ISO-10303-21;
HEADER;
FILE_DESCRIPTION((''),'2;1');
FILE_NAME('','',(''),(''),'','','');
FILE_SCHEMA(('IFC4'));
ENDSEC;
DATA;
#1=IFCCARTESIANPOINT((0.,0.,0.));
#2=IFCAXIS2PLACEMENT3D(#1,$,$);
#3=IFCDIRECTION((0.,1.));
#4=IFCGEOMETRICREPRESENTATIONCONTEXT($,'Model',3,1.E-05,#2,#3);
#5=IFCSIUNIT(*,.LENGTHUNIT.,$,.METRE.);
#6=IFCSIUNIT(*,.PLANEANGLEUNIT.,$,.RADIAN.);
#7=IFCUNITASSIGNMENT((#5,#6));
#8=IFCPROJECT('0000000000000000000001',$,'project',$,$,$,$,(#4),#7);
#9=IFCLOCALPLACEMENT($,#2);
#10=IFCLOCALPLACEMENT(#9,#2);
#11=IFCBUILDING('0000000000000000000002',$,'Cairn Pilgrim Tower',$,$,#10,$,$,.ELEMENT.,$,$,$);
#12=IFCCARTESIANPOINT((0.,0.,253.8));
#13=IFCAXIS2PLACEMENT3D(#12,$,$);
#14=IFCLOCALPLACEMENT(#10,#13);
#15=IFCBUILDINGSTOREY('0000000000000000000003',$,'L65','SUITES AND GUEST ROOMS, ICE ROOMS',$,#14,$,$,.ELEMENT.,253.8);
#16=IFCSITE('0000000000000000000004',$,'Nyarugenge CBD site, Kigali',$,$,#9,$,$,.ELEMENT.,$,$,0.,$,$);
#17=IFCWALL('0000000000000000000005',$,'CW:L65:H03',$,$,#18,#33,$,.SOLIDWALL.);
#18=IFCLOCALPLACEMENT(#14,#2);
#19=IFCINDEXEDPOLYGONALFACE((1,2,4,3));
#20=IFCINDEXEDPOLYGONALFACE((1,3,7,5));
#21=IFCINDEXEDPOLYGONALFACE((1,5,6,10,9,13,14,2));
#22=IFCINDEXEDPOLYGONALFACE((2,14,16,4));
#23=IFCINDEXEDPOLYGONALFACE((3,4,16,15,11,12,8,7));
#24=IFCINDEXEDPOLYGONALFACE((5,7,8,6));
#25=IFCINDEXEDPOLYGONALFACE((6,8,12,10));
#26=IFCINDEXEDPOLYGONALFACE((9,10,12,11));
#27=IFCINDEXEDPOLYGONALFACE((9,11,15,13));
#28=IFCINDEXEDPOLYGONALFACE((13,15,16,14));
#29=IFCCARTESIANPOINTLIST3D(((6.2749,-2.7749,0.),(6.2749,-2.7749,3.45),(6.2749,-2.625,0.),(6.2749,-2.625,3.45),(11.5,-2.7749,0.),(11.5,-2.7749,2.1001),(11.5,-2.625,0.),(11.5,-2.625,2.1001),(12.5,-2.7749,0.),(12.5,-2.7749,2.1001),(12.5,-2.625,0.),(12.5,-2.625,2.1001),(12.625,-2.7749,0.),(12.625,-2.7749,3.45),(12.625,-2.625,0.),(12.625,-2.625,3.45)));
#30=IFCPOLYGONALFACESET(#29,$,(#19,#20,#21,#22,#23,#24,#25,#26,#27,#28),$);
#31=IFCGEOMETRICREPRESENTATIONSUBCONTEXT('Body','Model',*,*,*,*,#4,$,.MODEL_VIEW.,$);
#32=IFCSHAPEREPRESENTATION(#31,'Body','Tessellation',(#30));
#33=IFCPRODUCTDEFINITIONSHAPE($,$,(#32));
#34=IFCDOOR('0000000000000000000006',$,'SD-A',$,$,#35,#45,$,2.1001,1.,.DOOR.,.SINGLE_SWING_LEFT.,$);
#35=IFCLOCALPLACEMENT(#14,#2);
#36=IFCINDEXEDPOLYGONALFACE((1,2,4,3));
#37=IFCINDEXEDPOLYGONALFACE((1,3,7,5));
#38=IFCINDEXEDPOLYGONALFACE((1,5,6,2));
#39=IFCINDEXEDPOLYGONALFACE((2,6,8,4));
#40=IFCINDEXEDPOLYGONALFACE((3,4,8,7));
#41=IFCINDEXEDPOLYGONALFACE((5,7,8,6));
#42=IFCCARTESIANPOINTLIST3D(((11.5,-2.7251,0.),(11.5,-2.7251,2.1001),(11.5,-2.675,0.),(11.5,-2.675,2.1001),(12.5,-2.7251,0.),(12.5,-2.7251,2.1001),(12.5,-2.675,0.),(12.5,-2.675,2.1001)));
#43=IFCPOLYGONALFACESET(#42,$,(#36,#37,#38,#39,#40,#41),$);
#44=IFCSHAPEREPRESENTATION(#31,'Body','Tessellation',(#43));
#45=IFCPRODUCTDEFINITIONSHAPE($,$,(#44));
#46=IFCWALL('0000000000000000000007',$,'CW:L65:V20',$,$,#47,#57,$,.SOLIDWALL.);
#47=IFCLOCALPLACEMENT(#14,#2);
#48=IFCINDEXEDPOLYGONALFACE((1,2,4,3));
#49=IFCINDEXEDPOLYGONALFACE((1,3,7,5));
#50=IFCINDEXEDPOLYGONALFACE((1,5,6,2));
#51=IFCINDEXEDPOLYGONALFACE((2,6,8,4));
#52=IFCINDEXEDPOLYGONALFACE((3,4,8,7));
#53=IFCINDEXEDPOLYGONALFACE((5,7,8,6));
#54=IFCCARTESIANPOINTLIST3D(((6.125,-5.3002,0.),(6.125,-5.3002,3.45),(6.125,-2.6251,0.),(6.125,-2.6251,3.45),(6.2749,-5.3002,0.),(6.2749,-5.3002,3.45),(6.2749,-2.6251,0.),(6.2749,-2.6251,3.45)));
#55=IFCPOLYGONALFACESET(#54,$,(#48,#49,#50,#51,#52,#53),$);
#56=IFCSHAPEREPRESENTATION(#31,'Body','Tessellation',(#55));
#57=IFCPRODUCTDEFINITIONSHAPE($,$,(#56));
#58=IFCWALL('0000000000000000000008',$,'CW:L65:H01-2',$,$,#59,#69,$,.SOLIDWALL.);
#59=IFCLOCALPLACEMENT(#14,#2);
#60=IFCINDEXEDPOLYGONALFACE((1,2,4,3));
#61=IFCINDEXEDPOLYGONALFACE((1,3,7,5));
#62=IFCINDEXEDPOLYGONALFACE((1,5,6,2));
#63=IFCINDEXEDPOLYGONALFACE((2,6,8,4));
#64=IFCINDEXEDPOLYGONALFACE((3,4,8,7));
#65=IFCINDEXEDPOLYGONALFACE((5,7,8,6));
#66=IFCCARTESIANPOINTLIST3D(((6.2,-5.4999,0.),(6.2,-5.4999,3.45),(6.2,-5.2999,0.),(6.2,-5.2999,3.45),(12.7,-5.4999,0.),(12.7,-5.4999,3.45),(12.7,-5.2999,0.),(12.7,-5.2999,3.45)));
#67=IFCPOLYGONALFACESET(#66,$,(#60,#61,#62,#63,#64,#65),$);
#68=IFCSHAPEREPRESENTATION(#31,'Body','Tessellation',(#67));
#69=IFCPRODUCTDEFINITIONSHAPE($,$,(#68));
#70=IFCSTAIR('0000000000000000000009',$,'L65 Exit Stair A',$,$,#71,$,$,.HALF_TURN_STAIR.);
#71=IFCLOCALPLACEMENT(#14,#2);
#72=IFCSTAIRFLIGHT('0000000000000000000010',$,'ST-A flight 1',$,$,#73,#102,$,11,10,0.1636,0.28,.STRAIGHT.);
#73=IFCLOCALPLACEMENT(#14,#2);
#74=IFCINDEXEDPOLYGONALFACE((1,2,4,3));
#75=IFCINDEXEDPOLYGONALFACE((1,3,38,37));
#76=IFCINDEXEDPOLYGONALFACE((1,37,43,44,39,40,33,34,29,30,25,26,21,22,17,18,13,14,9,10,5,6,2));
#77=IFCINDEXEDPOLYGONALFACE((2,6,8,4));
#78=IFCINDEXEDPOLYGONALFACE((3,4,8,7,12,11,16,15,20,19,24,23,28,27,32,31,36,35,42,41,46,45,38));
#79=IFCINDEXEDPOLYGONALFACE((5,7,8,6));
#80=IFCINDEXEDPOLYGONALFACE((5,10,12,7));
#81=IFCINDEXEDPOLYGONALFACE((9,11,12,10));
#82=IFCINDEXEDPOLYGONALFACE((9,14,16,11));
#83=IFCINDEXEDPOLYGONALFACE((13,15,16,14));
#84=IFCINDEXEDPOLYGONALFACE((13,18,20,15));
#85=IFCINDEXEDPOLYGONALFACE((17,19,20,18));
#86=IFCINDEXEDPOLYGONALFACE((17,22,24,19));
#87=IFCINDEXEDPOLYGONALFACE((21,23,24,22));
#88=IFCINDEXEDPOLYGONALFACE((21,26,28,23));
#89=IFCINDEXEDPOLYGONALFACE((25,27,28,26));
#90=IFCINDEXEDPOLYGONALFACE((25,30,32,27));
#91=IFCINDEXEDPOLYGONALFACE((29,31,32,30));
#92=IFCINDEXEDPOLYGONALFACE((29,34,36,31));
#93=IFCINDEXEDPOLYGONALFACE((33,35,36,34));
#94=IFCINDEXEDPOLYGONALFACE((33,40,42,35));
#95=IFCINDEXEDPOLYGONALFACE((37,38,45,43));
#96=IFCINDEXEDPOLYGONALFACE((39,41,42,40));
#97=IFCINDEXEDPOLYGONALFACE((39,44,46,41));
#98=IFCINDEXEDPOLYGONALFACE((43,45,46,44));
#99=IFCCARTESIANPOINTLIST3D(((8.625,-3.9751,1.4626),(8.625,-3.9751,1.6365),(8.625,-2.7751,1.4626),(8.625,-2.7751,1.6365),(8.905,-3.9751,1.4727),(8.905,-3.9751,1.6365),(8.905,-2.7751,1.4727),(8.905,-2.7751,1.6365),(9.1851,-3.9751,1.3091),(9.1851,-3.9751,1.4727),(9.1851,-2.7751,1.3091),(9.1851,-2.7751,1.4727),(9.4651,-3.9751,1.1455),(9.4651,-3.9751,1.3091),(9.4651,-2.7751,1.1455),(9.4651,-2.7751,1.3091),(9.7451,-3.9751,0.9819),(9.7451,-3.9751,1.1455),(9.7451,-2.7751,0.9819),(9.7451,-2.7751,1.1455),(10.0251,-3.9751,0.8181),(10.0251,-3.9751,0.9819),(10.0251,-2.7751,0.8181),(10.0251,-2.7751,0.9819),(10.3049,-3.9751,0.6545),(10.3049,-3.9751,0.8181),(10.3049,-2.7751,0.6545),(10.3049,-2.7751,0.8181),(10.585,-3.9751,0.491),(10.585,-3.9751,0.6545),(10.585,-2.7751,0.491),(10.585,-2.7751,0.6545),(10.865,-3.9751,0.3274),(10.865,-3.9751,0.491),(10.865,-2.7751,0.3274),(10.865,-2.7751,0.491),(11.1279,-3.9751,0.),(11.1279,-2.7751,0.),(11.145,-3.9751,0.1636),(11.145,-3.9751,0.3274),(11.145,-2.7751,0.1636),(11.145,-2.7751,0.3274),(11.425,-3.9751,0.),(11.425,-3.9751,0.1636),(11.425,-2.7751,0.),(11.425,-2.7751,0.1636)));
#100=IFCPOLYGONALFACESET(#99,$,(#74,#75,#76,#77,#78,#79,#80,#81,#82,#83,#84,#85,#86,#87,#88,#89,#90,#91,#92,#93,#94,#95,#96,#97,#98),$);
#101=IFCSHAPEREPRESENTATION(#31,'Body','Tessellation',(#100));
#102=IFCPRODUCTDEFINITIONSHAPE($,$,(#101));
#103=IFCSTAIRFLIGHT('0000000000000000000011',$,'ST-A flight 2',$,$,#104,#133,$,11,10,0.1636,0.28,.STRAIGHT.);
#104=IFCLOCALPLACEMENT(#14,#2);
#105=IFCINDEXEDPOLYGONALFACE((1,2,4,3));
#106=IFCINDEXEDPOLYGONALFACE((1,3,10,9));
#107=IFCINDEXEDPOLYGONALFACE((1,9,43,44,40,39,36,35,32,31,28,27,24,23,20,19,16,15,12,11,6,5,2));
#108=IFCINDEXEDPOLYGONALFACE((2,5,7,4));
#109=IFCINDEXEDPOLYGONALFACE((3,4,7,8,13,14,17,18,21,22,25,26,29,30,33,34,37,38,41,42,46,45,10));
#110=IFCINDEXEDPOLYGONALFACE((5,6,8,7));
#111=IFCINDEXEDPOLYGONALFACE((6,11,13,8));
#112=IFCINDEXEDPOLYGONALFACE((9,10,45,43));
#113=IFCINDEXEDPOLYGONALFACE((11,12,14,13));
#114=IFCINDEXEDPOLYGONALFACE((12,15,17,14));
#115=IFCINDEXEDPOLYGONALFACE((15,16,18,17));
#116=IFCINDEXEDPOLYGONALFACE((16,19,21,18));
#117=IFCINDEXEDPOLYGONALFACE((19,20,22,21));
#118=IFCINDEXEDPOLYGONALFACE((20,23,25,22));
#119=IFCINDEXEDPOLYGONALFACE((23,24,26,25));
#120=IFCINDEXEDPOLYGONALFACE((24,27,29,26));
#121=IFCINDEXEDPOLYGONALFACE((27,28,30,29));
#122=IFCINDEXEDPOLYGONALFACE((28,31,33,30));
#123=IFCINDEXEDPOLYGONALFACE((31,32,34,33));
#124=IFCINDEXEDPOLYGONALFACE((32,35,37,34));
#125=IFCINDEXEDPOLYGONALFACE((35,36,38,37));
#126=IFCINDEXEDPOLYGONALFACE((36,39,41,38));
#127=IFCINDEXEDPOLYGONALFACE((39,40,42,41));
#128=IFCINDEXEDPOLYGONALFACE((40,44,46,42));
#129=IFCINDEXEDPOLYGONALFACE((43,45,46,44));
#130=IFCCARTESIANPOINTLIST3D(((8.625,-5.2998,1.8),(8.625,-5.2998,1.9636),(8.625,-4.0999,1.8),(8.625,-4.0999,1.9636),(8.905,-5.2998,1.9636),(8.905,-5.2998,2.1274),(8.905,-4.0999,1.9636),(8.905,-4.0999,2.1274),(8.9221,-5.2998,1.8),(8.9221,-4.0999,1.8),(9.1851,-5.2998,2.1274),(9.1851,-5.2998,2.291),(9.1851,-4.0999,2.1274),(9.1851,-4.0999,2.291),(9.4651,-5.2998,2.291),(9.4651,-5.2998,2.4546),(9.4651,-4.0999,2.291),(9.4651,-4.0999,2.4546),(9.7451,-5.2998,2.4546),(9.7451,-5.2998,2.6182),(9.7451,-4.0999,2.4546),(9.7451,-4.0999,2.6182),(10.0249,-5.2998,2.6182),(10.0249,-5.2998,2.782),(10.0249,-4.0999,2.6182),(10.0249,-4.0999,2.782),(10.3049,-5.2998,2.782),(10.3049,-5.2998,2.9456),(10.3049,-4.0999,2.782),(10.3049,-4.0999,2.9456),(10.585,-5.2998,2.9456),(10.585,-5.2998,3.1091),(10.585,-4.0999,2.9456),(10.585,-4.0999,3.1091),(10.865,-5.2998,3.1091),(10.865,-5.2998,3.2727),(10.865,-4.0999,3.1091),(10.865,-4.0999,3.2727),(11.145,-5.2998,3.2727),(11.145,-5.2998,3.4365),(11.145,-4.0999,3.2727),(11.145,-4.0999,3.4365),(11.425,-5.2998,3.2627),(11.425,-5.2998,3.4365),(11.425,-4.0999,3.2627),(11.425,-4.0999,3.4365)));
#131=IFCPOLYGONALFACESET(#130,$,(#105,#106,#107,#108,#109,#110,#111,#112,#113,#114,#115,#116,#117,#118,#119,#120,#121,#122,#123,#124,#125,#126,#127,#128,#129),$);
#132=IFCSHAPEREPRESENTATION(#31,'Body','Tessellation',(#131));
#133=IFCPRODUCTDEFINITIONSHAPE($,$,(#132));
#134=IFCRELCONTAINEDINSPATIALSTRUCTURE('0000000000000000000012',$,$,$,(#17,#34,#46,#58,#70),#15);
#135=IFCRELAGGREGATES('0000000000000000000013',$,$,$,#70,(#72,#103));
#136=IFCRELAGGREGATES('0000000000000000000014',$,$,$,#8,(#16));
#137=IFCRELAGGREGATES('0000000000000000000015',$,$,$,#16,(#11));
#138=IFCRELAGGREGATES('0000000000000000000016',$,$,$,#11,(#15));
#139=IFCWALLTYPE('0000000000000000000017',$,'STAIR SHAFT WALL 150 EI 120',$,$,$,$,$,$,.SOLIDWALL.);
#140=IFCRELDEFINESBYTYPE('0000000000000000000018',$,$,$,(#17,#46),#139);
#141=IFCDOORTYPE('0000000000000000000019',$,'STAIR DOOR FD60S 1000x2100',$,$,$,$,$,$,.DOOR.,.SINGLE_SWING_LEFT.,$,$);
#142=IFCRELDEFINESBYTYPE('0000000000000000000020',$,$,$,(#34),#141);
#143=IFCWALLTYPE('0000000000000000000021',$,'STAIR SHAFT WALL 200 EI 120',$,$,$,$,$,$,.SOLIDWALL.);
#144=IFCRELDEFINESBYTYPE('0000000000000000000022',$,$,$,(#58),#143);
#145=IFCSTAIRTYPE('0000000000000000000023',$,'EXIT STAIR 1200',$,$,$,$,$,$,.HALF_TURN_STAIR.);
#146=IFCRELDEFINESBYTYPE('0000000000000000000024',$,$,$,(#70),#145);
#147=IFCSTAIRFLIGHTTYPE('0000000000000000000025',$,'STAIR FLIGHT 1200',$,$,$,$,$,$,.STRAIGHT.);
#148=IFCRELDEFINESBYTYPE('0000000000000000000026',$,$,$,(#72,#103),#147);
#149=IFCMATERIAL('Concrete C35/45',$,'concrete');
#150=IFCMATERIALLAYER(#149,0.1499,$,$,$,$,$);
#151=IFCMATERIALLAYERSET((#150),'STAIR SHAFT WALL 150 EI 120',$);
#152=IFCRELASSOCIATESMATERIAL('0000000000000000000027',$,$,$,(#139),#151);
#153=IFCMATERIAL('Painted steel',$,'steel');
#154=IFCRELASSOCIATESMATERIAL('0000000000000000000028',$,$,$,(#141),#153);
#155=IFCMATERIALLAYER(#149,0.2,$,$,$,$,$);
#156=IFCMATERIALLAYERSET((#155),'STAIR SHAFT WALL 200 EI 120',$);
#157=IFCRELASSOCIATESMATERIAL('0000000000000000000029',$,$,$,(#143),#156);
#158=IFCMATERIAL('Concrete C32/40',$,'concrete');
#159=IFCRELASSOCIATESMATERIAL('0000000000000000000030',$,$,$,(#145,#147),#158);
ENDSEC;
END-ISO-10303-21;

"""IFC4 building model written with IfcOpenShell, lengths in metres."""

from ifc_helpers import new_model, si_unit, direction, frame, frame_2d, origin, place, context, subcontext, project, spatial, polyline, rectangle, outline, extrude, material, layer, layer_set, type_object, element, fill, aggregate, save


model = new_model("IFC4")

# Units and contexts
model_context = context("Model", 3, precision=1e-05, world=origin(), true_north=direction((0.0, 1.0)))
body_context = subcontext(model_context, "Body", "Model", "MODEL_VIEW")
ifc_project = project(units=[si_unit("LENGTHUNIT", "METRE"), si_unit("PLANEANGLEUNIT", "RADIAN")], contexts=[model_context])

# Site, building, storey
site_placement = place(None, origin())
site = spatial("IfcSite", under=ifc_project, at=site_placement, Name="Nyarugenge CBD site, Kigali", CompositionType="ELEMENT", RefElevation=0.0)
building_placement = place(site_placement, origin())
building = spatial("IfcBuilding", under=site, at=building_placement, Name="Cairn Pilgrim Tower", CompositionType="ELEMENT")
storey_placement = place(building_placement, frame((0.0, 0.0, 253.8)))
storey = spatial("IfcBuildingStorey", under=building, at=storey_placement, Name="L65", Description="SUITES AND GUEST ROOMS, ICE ROOMS", CompositionType="ELEMENT", Elevation=253.8)

# Shared definitions
ifc_material_1 = material(Name="Concrete C35/45", Category="concrete")

# Shared definitions
ifc_material_2 = material(Name="Concrete C32/40", Category="concrete")

# Wall, opening, door
ifc_layer_1 = layer(ifc_material_1, 0.1499)
ifc_layer_set_1 = layer_set([ifc_layer_1], Name="STAIR SHAFT WALL 150 EI 120")
wall_type_1 = type_object("IfcWallType", Name="STAIR SHAFT WALL 150 EI 120", PredefinedType="SOLIDWALL", material=ifc_layer_set_1)
wall_1_placement = place(storey_placement, frame((6.2749, -2.7, 0.0), z_axis=(0.0, 0.0, 1.0), x_axis=(1.0, 0.0, 0.0)))
wall_1 = element("IfcWall", 1, at=wall_1_placement, inside=storey, type_object=wall_type_1, Name="CW:L65:H03", PredefinedType="SOLIDWALL", context=body_context, shape_type="SweptSolid", body=[
    extrude(rectangle(XDim=6.3501, YDim=0.1499, at=frame_2d((3.175, 0.0))), origin(), (0.0, 0.0, 1.0), 3.45),
])
opening_1_placement = place(wall_1_placement, frame((5.2251, 0.0, 0.0)))
opening_1 = element("IfcOpeningElement", 2, at=opening_1_placement, cuts=wall_1, PredefinedType="OPENING", context=body_context, shape_type="SweptSolid", body=[
    extrude(rectangle(XDim=1.0, YDim=2.1001, at=frame_2d((0.5, 1.05))), frame((0.0, 0.085, 0.0), z_axis=(0.0, -1.0, 0.0), x_axis=(1.0, 0.0, 0.0)), (0.0, 0.0, 1.0), 0.1699),
])
ifc_material_3 = material(Name="Painted steel", Category="steel")
door_type_1 = type_object("IfcDoorType", Name="STAIR DOOR FD60S 1000x2100", OperationType="SINGLE_SWING_LEFT", PredefinedType="DOOR", material=ifc_material_3)
door_1_placement = place(opening_1_placement, origin())
door_1 = element("IfcDoor", 3, at=door_1_placement, inside=storey, type_object=door_type_1, Name="SD-A", OperationType="SINGLE_SWING_LEFT", OverallHeight=2.1001, OverallWidth=1.0, PredefinedType="DOOR", context=body_context, shape_type="SweptSolid", body=[
    extrude(rectangle(XDim=1.0, YDim=2.1001, at=frame_2d((0.5, 1.05))), frame((0.0, 0.0249, 0.0), z_axis=(0.0, -1.0, 0.0), x_axis=(1.0, 0.0, 0.0)), (0.0, 0.0, 1.0), 0.05),
])
fill(opening_1, door_1)

# Walls
wall_2_placement = place(storey_placement, frame((6.2, -5.3, 0.0), z_axis=(0.0, 0.0, 1.0), x_axis=(0.0, 1.0, 0.0)))
element("IfcWall", 4, at=wall_2_placement, inside=storey, type_object=wall_type_1, Name="CW:L65:V20", PredefinedType="SOLIDWALL", context=body_context, shape_type="SweptSolid", body=[
    extrude(rectangle(XDim=2.675, YDim=0.1499, at=frame_2d((1.3374, 0.0))), origin(), (0.0, 0.0, 1.0), 3.45),
])
ifc_layer_2 = layer(ifc_material_1, 0.2)
ifc_layer_set_2 = layer_set([ifc_layer_2], Name="STAIR SHAFT WALL 200 EI 120")
wall_type_2 = type_object("IfcWallType", Name="STAIR SHAFT WALL 200 EI 120", PredefinedType="SOLIDWALL", material=ifc_layer_set_2)
wall_3_placement = place(storey_placement, frame((6.2, -5.3999, 0.0), z_axis=(0.0, 0.0, 1.0), x_axis=(1.0, 0.0, 0.0)))
element("IfcWall", 5, at=wall_3_placement, inside=storey, type_object=wall_type_2, Name="CW:L65:H01-2", PredefinedType="SOLIDWALL", context=body_context, shape_type="SweptSolid", body=[
    extrude(rectangle(XDim=6.5, YDim=0.2, at=frame_2d((3.25, 0.0))), origin(), (0.0, 0.0, 1.0), 3.45),
])

# Stair, stair flights
stair_type = type_object("IfcStairType", Name="EXIT STAIR 1200", PredefinedType="HALF_TURN_STAIR", material=ifc_material_2)
stair_placement = place(storey_placement, origin())
stair = element("IfcStair", 6, at=stair_placement, inside=storey, type_object=stair_type, Name="L65 Exit Stair A", PredefinedType="HALF_TURN_STAIR")
stair_flight_type = type_object("IfcStairFlightType", Name="STAIR FLIGHT 1200", PredefinedType="STRAIGHT", material=ifc_material_2)
stair_flight_1_placement = place(storey_placement, frame((11.425, -3.375, 0.0), z_axis=(0.0, 0.0, 1.0), x_axis=(-1.0, 0.0, 0.0)))
stair_flight_1 = element("IfcStairFlight", 7, at=stair_flight_1_placement, type_object=stair_flight_type, Name="ST-A flight 1", NumberOfRisers=11, NumberOfTreads=10, PredefinedType="STRAIGHT", RiserHeight=0.1636, TreadLength=0.28, context=body_context, shape_type="SweptSolid", body=[
    extrude(outline(polyline([(0.0, 0.0), (0.0, 0.1636), (0.28, 0.1636), (0.28, 0.3274), (0.5601, 0.3274), (0.5601, 0.491), (0.8401, 0.491), (0.8401, 0.6545), (1.1201, 0.6545), (1.1201, 0.8181), (1.3999, 0.8181), (1.3999, 0.9819), (1.6799, 0.9819), (1.6799, 1.1455), (1.96, 1.1455), (1.96, 1.3091), (2.24, 1.3091), (2.24, 1.4727), (2.52, 1.4727), (2.52, 1.6365), (2.8, 1.6365), (2.8, 1.8), (2.8, 1.4626), (0.2971, 0.0), (0.0, 0.0)])), frame((0.0, 0.6001, 0.0), z_axis=(0.0, -1.0, 0.0), x_axis=(1.0, 0.0, 0.0)), (0.0, 0.0, 1.0), 1.2),
])
stair_flight_2_placement = place(storey_placement, frame((8.625, -4.7, 1.8), z_axis=(0.0, 0.0, 1.0), x_axis=(1.0, 0.0, 0.0)))
stair_flight_2 = element("IfcStairFlight", 8, at=stair_flight_2_placement, type_object=stair_flight_type, Name="ST-A flight 2", NumberOfRisers=11, NumberOfTreads=10, PredefinedType="STRAIGHT", RiserHeight=0.1636, TreadLength=0.28, context=body_context, shape_type="SweptSolid", body=[
    extrude(outline(polyline([(0.0, 0.0), (0.0, 0.1636), (0.28, 0.1636), (0.28, 0.3274), (0.5601, 0.3274), (0.5601, 0.491), (0.8401, 0.491), (0.8401, 0.6545), (1.1201, 0.6545), (1.1201, 0.8181), (1.3999, 0.8181), (1.3999, 0.9819), (1.6799, 0.9819), (1.6799, 1.1455), (1.96, 1.1455), (1.96, 1.3091), (2.24, 1.3091), (2.24, 1.4727), (2.52, 1.4727), (2.52, 1.6365), (2.8, 1.6365), (2.8, 1.8), (2.8, 1.4626), (0.2971, 0.0), (0.0, 0.0)])), frame((0.0, 0.6001, 0.0), z_axis=(0.0, -1.0, 0.0), x_axis=(1.0, 0.0, 0.0)), (0.0, 0.0, 1.0), 1.2),
])
aggregate(stair, [stair_flight_1, stair_flight_2])

save(model, "model.ifc")
